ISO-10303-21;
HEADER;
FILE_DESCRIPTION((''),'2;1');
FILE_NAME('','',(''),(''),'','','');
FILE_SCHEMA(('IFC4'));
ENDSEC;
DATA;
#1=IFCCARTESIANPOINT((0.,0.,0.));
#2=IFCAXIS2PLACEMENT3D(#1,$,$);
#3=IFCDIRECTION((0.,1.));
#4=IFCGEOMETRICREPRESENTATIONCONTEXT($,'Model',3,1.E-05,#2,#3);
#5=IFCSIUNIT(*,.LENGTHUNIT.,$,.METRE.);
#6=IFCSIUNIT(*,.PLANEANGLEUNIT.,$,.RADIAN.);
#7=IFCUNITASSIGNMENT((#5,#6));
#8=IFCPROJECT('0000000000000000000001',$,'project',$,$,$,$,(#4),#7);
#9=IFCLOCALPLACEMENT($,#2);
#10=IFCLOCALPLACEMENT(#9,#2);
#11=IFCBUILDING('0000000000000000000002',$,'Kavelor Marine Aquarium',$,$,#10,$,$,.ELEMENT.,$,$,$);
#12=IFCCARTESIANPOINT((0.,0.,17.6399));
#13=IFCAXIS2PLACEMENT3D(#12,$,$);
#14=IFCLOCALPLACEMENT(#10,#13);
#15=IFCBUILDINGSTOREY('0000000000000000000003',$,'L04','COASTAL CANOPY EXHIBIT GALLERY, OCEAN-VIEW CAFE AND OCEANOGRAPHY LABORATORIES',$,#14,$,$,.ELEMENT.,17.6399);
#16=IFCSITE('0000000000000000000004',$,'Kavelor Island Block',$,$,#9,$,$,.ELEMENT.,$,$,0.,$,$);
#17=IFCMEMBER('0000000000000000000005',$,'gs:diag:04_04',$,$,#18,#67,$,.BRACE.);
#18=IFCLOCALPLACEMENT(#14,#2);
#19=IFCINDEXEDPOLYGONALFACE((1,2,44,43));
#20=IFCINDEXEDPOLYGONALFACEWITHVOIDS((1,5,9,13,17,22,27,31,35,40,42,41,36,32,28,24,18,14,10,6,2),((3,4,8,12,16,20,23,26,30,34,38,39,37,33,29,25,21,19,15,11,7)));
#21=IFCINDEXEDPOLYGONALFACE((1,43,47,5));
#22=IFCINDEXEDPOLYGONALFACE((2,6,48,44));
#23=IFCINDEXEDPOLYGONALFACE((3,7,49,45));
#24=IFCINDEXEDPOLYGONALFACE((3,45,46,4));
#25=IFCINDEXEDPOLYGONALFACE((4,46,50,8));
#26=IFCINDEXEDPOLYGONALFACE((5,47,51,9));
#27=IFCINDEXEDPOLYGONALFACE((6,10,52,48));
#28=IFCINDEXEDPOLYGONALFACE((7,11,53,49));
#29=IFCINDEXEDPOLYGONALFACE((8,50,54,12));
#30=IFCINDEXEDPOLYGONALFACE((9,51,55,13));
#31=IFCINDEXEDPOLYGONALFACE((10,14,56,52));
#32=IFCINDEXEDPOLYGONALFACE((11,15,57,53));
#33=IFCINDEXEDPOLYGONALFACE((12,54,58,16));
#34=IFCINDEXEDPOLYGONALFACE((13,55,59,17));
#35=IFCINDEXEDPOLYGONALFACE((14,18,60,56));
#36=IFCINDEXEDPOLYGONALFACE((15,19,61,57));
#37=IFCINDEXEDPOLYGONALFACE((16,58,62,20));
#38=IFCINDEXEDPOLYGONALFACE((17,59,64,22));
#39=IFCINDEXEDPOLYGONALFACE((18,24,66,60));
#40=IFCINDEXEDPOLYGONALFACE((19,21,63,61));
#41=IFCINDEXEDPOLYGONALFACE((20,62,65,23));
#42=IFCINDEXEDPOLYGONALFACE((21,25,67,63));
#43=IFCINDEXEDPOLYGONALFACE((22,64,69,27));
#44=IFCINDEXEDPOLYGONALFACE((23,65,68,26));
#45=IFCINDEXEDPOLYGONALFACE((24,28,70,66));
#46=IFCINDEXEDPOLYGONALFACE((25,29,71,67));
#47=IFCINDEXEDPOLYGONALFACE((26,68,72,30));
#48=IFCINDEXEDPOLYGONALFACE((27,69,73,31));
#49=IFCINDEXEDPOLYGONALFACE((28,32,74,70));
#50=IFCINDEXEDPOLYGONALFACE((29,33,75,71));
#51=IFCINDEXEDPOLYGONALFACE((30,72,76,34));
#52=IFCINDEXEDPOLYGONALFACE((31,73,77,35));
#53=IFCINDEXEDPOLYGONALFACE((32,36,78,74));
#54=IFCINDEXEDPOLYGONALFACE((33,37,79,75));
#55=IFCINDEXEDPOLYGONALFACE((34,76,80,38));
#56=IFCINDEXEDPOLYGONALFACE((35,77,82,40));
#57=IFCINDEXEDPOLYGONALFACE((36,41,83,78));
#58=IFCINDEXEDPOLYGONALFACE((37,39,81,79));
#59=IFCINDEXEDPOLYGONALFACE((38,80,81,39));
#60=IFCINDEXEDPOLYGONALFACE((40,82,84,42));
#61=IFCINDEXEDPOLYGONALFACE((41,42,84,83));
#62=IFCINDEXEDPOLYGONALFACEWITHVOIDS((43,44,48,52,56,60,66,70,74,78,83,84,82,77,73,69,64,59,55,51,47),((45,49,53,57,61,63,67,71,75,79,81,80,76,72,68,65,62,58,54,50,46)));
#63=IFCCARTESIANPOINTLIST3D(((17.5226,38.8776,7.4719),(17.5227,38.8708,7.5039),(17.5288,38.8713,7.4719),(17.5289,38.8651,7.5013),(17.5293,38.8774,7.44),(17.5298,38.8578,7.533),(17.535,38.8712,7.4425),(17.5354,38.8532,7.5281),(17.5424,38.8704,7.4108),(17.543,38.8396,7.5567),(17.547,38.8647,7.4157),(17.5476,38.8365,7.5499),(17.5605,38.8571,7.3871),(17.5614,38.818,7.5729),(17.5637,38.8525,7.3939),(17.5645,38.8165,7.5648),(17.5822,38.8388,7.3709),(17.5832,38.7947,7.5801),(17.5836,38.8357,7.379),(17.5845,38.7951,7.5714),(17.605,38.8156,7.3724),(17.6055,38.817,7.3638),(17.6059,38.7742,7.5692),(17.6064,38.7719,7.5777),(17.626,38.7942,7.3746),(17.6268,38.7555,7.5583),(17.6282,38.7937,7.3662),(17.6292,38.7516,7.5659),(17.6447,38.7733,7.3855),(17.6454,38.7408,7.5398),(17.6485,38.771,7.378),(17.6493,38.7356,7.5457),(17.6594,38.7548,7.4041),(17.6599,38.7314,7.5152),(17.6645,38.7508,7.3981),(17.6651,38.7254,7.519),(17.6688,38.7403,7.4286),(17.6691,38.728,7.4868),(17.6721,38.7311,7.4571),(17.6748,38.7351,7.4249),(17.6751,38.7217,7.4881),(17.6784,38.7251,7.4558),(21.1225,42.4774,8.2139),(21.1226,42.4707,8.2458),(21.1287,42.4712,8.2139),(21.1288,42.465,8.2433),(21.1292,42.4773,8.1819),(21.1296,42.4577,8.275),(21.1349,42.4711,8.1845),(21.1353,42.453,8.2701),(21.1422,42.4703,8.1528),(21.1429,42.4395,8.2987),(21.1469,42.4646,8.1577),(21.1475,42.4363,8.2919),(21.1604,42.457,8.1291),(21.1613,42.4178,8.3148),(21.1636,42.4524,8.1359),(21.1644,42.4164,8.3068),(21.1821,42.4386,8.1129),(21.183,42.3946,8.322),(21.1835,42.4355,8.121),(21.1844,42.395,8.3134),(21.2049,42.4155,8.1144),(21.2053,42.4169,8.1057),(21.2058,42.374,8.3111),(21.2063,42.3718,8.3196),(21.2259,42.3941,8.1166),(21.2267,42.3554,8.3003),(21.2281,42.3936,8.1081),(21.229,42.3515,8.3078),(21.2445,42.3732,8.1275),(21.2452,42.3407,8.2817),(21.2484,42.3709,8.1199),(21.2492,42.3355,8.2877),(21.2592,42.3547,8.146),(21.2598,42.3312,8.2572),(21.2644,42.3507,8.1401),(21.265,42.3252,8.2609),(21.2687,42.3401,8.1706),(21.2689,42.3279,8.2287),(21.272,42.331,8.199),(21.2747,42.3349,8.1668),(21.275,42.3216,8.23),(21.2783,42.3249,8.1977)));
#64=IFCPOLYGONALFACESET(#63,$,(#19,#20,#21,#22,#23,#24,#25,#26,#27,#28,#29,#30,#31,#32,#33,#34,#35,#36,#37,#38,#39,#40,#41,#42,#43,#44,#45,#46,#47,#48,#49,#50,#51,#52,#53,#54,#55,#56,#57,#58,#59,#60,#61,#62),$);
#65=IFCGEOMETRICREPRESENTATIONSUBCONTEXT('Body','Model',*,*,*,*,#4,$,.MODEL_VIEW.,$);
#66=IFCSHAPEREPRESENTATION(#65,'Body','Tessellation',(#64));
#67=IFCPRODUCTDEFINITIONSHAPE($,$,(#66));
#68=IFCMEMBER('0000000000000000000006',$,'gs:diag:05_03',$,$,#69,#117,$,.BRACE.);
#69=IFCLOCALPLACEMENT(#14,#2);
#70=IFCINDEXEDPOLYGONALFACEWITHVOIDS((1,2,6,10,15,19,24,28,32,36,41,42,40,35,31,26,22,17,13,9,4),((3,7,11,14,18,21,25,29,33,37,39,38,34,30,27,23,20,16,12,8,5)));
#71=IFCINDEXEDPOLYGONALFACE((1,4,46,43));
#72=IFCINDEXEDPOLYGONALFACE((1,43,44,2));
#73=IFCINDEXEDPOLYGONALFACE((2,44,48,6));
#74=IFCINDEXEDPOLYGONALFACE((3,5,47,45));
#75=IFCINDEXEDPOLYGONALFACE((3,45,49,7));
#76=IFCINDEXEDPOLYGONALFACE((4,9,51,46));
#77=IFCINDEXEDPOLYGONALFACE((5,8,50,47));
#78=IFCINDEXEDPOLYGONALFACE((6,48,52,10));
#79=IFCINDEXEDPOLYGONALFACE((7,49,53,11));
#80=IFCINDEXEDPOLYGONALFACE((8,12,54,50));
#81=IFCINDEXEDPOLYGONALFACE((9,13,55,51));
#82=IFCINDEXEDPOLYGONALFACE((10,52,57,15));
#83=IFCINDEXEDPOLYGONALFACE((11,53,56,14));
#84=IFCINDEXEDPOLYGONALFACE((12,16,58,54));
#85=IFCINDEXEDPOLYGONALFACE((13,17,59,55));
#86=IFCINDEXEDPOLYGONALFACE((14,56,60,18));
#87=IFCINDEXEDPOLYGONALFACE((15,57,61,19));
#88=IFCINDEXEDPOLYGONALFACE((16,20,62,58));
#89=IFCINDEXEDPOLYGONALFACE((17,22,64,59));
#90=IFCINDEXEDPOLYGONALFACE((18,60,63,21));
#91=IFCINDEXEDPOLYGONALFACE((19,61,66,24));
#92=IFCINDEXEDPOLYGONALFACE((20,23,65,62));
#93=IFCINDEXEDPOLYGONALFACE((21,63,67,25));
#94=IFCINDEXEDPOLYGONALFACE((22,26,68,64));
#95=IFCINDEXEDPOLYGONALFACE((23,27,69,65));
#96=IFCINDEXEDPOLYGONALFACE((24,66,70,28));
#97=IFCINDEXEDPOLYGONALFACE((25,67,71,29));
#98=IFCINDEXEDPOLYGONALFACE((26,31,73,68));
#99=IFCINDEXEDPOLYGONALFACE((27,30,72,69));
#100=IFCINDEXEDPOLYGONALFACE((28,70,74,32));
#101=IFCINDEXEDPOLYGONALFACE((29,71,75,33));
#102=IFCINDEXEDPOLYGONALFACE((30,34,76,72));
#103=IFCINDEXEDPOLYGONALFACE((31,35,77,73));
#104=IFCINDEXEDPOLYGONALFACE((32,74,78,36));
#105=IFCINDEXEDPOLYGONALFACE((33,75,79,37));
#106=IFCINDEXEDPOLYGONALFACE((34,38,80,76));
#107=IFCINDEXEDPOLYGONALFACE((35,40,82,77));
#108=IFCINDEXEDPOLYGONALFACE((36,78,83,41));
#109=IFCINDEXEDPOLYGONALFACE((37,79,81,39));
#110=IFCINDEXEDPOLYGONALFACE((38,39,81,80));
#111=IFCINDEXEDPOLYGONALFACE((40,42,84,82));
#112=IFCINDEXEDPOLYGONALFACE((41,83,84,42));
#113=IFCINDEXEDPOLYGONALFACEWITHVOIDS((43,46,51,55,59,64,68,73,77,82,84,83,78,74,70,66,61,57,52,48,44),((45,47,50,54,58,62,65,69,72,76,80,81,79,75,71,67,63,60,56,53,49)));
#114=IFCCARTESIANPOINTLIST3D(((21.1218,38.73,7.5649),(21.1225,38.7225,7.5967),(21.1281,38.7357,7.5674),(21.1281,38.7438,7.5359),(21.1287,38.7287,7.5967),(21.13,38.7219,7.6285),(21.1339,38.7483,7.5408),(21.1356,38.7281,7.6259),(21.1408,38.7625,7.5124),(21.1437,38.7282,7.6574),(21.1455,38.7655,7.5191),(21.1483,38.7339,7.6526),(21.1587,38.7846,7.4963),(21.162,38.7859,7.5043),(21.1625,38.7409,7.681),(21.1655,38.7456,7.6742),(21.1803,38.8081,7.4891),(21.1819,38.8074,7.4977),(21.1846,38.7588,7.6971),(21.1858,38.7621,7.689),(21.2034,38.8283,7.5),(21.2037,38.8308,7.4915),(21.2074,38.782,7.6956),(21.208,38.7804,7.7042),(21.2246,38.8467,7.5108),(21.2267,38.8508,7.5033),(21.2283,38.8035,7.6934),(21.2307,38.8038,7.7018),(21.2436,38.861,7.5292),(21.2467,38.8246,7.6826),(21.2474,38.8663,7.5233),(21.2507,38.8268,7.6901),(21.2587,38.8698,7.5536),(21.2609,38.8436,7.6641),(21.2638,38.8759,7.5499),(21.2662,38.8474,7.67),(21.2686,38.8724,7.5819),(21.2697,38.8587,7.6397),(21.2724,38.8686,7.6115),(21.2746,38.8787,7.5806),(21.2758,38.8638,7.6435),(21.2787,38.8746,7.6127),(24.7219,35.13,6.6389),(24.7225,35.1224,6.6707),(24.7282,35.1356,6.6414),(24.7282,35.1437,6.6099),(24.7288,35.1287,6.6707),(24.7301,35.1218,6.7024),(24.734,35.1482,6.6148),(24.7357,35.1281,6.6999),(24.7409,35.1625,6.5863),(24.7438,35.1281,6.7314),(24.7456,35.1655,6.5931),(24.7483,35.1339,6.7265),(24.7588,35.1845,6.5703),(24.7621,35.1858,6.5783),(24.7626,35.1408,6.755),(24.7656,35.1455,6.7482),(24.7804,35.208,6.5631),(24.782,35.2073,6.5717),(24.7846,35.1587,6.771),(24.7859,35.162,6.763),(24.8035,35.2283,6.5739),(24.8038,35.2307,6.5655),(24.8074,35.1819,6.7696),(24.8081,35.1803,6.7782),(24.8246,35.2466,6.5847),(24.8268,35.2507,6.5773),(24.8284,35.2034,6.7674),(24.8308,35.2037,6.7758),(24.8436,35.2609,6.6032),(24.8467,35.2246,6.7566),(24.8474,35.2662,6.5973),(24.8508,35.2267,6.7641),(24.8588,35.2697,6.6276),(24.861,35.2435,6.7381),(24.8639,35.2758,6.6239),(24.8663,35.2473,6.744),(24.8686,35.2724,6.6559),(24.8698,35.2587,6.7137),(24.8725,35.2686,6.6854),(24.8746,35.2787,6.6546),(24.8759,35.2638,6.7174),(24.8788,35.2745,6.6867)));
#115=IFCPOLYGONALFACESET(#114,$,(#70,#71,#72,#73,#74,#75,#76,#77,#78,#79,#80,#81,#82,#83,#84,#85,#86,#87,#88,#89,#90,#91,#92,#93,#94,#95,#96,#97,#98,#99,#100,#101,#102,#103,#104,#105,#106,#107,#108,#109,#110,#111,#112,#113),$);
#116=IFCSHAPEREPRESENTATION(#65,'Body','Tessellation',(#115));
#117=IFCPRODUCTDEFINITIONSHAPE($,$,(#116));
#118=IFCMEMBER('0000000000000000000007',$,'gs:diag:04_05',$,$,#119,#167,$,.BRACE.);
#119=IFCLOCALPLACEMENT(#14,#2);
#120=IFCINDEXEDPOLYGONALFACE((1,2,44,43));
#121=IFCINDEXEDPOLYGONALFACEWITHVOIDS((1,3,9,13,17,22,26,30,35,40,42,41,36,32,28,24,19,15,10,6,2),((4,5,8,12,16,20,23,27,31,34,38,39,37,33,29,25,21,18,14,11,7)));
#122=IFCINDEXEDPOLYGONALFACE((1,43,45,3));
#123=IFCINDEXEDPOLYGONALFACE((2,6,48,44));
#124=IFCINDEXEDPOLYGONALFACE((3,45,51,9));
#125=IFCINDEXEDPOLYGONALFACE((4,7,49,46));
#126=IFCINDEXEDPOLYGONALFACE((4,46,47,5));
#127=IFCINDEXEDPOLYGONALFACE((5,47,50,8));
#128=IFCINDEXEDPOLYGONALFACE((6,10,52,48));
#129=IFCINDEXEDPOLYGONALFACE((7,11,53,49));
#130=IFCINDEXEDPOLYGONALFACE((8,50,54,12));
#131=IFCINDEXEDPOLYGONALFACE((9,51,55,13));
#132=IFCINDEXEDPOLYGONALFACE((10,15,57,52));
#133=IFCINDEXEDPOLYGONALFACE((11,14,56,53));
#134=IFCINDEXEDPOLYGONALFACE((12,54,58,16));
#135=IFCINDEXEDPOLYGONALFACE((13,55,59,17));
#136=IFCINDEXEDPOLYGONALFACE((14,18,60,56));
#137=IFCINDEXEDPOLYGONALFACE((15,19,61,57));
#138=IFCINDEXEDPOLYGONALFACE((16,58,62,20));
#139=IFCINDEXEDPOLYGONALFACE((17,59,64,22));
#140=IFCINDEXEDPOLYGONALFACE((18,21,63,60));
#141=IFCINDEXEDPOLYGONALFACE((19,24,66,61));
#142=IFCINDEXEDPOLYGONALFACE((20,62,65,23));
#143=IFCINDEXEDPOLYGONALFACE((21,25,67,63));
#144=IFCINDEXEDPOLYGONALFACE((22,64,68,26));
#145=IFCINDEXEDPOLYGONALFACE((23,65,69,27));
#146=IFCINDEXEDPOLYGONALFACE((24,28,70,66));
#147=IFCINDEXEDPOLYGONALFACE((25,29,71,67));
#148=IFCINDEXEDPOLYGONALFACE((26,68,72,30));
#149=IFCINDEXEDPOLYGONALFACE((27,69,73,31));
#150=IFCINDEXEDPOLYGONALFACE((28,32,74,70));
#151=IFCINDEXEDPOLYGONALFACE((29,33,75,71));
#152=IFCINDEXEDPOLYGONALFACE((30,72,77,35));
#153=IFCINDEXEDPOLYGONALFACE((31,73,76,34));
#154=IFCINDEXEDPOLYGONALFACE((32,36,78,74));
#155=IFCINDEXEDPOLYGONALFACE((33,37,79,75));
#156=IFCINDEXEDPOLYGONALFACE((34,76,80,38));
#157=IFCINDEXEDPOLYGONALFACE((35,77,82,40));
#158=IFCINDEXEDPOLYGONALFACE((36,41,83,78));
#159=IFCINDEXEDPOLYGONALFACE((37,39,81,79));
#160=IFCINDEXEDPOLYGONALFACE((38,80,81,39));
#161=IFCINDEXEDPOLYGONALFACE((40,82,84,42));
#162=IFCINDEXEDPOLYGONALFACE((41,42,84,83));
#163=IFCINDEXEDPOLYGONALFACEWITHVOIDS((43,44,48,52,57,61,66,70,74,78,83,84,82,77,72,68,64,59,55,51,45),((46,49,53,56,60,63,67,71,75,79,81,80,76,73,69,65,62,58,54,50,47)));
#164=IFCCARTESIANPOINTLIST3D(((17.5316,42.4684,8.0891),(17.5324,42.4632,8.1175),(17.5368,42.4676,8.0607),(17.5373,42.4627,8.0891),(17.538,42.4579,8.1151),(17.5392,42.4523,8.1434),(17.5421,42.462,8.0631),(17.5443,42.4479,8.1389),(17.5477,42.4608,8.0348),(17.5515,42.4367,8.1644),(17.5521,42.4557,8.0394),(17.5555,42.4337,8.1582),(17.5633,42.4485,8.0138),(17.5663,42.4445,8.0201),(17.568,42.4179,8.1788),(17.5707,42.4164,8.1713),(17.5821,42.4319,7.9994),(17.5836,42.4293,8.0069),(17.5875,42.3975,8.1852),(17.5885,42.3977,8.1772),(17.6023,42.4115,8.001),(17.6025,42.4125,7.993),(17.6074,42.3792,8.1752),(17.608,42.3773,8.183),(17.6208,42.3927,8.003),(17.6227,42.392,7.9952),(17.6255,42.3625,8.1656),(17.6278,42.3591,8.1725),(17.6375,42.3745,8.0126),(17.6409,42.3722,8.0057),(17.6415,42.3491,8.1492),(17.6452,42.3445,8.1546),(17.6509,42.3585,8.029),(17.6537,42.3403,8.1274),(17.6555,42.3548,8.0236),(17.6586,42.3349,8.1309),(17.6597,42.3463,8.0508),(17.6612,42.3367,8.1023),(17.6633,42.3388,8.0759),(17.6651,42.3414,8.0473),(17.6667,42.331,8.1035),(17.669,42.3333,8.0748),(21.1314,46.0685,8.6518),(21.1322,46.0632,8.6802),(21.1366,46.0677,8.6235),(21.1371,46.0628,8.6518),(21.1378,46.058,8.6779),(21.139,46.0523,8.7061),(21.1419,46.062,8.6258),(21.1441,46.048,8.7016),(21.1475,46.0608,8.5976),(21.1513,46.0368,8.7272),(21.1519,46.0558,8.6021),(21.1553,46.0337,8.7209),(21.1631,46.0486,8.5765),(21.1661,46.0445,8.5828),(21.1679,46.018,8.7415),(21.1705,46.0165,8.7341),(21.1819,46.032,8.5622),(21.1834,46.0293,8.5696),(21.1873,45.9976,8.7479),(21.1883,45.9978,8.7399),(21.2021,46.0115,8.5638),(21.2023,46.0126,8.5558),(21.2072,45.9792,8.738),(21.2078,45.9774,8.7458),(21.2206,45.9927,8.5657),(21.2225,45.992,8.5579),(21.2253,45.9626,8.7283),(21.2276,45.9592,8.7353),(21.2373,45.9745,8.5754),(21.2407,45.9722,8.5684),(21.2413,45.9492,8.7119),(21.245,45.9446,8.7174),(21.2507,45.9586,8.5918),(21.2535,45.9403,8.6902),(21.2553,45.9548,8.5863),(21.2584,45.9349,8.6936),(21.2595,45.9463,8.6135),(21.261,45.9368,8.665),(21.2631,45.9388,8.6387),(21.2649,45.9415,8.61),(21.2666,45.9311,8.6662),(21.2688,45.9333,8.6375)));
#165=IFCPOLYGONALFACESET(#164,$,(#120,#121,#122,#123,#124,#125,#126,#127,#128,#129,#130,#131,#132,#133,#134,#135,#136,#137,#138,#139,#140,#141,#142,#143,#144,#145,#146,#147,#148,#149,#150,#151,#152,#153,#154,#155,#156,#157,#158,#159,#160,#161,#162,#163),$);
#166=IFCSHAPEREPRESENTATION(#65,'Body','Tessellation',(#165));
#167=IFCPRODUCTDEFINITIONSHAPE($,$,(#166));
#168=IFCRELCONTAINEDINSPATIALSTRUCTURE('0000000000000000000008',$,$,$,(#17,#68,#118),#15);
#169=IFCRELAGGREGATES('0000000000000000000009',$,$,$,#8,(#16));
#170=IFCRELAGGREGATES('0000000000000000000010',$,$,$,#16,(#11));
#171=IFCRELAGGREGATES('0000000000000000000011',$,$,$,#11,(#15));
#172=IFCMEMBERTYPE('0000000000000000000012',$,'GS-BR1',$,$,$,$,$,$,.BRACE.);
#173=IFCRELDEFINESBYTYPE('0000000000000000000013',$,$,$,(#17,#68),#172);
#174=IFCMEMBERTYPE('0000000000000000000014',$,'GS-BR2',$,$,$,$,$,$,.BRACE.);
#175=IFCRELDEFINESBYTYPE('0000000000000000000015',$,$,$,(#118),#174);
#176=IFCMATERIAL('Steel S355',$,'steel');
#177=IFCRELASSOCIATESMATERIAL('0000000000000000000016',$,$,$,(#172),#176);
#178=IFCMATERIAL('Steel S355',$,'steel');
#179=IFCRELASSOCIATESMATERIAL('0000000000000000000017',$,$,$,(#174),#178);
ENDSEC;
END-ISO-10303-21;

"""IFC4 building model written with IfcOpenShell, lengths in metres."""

from ifc_helpers import new_model, si_unit, direction, frame, origin, origin_2d, place, context, subcontext, project, spatial, hollow_circle, extrude, material, material_profile, profile_set, type_object, element, save


model = new_model("IFC4")

# Units and contexts
model_context = context("Model", 3, precision=1e-05, world=origin(), true_north=direction((0.0, 1.0)))
body_context = subcontext(model_context, "Body", "Model", "MODEL_VIEW")
ifc_project = project(units=[si_unit("LENGTHUNIT", "METRE"), si_unit("PLANEANGLEUNIT", "RADIAN")], contexts=[model_context])

# Site, building, storey
site_placement = place(None, origin())
site = spatial("IfcSite", under=ifc_project, at=site_placement, Name="Kavelor Island Block", CompositionType="ELEMENT", RefElevation=0.0)
building_placement = place(site_placement, origin())
building = spatial("IfcBuilding", under=site, at=building_placement, Name="Kavelor Marine Aquarium", CompositionType="ELEMENT")
storey_placement = place(building_placement, frame((0.0, 0.0, 17.6399)))
storey = spatial("IfcBuildingStorey", under=building, at=storey_placement, Name="L04", Description="COASTAL CANOPY EXHIBIT GALLERY, OCEAN-VIEW CAFE AND OCEANOGRAPHY LABORATORIES", CompositionType="ELEMENT", Elevation=17.6399)

# Members
ifc_material_1 = material(Name="Steel S355", Category="steel")
ifc_material_profile_1 = material_profile(ifc_material_1, hollow_circle(Radius=0.1096, WallThickness=0.0088, at=origin_2d()), Name="CHS 219.1x8.8")
ifc_profile_set_1 = profile_set([ifc_material_profile_1], Name="Steel S355")
member_type_1 = type_object("IfcMemberType", Name="GS-BR1", PredefinedType="BRACE", material=ifc_profile_set_1)
member_1_placement = place(storey_placement, frame((17.6001, 38.8, 7.4719), z_axis=(0.699715, 0.699715, 0.144214), x_axis=(-0.707107, 0.707107, 0.0)))
element("IfcMember", 1, at=member_1_placement, inside=storey, type_object=member_type_1, Name="gs:diag:04_04", PredefinedType="BRACE", context=body_context, shape_type="SweptSolid", body=[
    extrude(hollow_circle(Radius=0.1096, WallThickness=0.0088, at=origin_2d()), origin(), (0.0, 0.0, 1.0), 5.1448),
])
member_2_placement = place(storey_placement, frame((24.8, 35.2, 6.6707), z_axis=(-0.695693, 0.695693, 0.178948), x_axis=(-0.707107, -0.707107, 0.0)))
element("IfcMember", 2, at=member_2_placement, inside=storey, type_object=member_type_1, Name="gs:diag:05_03", PredefinedType="BRACE", context=body_context, shape_type="SweptSolid", body=[
    extrude(hollow_circle(Radius=0.1096, WallThickness=0.0088, at=origin_2d()), origin(), (0.0, 0.0, 1.0), 5.1748),
])
ifc_material_2 = material(Name="Steel S355", Category="steel")
ifc_material_profile_2 = material_profile(ifc_material_2, hollow_circle(Radius=0.0969, WallThickness=0.0081, at=origin_2d()), Name="CHS 193.7x8.0")
ifc_profile_set_2 = profile_set([ifc_material_profile_2], Name="Steel S355")
member_type_2 = type_object("IfcMemberType", Name="GS-BR2", PredefinedType="BRACE", material=ifc_profile_set_2)
member_3_placement = place(storey_placement, frame((17.6001, 42.3999, 8.0891), z_axis=(0.702802, 0.70285, 0.109865), x_axis=(-0.707131, 0.707083, 0.0)))
element("IfcMember", 3, at=member_3_placement, inside=storey, type_object=member_type_2, Name="gs:diag:04_05", PredefinedType="BRACE", context=body_context, shape_type="SweptSolid", body=[
    extrude(hollow_circle(Radius=0.0969, WallThickness=0.0081, at=origin_2d()), origin(), (0.0, 0.0, 1.0), 5.1221),
])

save(model, "model.ifc")
